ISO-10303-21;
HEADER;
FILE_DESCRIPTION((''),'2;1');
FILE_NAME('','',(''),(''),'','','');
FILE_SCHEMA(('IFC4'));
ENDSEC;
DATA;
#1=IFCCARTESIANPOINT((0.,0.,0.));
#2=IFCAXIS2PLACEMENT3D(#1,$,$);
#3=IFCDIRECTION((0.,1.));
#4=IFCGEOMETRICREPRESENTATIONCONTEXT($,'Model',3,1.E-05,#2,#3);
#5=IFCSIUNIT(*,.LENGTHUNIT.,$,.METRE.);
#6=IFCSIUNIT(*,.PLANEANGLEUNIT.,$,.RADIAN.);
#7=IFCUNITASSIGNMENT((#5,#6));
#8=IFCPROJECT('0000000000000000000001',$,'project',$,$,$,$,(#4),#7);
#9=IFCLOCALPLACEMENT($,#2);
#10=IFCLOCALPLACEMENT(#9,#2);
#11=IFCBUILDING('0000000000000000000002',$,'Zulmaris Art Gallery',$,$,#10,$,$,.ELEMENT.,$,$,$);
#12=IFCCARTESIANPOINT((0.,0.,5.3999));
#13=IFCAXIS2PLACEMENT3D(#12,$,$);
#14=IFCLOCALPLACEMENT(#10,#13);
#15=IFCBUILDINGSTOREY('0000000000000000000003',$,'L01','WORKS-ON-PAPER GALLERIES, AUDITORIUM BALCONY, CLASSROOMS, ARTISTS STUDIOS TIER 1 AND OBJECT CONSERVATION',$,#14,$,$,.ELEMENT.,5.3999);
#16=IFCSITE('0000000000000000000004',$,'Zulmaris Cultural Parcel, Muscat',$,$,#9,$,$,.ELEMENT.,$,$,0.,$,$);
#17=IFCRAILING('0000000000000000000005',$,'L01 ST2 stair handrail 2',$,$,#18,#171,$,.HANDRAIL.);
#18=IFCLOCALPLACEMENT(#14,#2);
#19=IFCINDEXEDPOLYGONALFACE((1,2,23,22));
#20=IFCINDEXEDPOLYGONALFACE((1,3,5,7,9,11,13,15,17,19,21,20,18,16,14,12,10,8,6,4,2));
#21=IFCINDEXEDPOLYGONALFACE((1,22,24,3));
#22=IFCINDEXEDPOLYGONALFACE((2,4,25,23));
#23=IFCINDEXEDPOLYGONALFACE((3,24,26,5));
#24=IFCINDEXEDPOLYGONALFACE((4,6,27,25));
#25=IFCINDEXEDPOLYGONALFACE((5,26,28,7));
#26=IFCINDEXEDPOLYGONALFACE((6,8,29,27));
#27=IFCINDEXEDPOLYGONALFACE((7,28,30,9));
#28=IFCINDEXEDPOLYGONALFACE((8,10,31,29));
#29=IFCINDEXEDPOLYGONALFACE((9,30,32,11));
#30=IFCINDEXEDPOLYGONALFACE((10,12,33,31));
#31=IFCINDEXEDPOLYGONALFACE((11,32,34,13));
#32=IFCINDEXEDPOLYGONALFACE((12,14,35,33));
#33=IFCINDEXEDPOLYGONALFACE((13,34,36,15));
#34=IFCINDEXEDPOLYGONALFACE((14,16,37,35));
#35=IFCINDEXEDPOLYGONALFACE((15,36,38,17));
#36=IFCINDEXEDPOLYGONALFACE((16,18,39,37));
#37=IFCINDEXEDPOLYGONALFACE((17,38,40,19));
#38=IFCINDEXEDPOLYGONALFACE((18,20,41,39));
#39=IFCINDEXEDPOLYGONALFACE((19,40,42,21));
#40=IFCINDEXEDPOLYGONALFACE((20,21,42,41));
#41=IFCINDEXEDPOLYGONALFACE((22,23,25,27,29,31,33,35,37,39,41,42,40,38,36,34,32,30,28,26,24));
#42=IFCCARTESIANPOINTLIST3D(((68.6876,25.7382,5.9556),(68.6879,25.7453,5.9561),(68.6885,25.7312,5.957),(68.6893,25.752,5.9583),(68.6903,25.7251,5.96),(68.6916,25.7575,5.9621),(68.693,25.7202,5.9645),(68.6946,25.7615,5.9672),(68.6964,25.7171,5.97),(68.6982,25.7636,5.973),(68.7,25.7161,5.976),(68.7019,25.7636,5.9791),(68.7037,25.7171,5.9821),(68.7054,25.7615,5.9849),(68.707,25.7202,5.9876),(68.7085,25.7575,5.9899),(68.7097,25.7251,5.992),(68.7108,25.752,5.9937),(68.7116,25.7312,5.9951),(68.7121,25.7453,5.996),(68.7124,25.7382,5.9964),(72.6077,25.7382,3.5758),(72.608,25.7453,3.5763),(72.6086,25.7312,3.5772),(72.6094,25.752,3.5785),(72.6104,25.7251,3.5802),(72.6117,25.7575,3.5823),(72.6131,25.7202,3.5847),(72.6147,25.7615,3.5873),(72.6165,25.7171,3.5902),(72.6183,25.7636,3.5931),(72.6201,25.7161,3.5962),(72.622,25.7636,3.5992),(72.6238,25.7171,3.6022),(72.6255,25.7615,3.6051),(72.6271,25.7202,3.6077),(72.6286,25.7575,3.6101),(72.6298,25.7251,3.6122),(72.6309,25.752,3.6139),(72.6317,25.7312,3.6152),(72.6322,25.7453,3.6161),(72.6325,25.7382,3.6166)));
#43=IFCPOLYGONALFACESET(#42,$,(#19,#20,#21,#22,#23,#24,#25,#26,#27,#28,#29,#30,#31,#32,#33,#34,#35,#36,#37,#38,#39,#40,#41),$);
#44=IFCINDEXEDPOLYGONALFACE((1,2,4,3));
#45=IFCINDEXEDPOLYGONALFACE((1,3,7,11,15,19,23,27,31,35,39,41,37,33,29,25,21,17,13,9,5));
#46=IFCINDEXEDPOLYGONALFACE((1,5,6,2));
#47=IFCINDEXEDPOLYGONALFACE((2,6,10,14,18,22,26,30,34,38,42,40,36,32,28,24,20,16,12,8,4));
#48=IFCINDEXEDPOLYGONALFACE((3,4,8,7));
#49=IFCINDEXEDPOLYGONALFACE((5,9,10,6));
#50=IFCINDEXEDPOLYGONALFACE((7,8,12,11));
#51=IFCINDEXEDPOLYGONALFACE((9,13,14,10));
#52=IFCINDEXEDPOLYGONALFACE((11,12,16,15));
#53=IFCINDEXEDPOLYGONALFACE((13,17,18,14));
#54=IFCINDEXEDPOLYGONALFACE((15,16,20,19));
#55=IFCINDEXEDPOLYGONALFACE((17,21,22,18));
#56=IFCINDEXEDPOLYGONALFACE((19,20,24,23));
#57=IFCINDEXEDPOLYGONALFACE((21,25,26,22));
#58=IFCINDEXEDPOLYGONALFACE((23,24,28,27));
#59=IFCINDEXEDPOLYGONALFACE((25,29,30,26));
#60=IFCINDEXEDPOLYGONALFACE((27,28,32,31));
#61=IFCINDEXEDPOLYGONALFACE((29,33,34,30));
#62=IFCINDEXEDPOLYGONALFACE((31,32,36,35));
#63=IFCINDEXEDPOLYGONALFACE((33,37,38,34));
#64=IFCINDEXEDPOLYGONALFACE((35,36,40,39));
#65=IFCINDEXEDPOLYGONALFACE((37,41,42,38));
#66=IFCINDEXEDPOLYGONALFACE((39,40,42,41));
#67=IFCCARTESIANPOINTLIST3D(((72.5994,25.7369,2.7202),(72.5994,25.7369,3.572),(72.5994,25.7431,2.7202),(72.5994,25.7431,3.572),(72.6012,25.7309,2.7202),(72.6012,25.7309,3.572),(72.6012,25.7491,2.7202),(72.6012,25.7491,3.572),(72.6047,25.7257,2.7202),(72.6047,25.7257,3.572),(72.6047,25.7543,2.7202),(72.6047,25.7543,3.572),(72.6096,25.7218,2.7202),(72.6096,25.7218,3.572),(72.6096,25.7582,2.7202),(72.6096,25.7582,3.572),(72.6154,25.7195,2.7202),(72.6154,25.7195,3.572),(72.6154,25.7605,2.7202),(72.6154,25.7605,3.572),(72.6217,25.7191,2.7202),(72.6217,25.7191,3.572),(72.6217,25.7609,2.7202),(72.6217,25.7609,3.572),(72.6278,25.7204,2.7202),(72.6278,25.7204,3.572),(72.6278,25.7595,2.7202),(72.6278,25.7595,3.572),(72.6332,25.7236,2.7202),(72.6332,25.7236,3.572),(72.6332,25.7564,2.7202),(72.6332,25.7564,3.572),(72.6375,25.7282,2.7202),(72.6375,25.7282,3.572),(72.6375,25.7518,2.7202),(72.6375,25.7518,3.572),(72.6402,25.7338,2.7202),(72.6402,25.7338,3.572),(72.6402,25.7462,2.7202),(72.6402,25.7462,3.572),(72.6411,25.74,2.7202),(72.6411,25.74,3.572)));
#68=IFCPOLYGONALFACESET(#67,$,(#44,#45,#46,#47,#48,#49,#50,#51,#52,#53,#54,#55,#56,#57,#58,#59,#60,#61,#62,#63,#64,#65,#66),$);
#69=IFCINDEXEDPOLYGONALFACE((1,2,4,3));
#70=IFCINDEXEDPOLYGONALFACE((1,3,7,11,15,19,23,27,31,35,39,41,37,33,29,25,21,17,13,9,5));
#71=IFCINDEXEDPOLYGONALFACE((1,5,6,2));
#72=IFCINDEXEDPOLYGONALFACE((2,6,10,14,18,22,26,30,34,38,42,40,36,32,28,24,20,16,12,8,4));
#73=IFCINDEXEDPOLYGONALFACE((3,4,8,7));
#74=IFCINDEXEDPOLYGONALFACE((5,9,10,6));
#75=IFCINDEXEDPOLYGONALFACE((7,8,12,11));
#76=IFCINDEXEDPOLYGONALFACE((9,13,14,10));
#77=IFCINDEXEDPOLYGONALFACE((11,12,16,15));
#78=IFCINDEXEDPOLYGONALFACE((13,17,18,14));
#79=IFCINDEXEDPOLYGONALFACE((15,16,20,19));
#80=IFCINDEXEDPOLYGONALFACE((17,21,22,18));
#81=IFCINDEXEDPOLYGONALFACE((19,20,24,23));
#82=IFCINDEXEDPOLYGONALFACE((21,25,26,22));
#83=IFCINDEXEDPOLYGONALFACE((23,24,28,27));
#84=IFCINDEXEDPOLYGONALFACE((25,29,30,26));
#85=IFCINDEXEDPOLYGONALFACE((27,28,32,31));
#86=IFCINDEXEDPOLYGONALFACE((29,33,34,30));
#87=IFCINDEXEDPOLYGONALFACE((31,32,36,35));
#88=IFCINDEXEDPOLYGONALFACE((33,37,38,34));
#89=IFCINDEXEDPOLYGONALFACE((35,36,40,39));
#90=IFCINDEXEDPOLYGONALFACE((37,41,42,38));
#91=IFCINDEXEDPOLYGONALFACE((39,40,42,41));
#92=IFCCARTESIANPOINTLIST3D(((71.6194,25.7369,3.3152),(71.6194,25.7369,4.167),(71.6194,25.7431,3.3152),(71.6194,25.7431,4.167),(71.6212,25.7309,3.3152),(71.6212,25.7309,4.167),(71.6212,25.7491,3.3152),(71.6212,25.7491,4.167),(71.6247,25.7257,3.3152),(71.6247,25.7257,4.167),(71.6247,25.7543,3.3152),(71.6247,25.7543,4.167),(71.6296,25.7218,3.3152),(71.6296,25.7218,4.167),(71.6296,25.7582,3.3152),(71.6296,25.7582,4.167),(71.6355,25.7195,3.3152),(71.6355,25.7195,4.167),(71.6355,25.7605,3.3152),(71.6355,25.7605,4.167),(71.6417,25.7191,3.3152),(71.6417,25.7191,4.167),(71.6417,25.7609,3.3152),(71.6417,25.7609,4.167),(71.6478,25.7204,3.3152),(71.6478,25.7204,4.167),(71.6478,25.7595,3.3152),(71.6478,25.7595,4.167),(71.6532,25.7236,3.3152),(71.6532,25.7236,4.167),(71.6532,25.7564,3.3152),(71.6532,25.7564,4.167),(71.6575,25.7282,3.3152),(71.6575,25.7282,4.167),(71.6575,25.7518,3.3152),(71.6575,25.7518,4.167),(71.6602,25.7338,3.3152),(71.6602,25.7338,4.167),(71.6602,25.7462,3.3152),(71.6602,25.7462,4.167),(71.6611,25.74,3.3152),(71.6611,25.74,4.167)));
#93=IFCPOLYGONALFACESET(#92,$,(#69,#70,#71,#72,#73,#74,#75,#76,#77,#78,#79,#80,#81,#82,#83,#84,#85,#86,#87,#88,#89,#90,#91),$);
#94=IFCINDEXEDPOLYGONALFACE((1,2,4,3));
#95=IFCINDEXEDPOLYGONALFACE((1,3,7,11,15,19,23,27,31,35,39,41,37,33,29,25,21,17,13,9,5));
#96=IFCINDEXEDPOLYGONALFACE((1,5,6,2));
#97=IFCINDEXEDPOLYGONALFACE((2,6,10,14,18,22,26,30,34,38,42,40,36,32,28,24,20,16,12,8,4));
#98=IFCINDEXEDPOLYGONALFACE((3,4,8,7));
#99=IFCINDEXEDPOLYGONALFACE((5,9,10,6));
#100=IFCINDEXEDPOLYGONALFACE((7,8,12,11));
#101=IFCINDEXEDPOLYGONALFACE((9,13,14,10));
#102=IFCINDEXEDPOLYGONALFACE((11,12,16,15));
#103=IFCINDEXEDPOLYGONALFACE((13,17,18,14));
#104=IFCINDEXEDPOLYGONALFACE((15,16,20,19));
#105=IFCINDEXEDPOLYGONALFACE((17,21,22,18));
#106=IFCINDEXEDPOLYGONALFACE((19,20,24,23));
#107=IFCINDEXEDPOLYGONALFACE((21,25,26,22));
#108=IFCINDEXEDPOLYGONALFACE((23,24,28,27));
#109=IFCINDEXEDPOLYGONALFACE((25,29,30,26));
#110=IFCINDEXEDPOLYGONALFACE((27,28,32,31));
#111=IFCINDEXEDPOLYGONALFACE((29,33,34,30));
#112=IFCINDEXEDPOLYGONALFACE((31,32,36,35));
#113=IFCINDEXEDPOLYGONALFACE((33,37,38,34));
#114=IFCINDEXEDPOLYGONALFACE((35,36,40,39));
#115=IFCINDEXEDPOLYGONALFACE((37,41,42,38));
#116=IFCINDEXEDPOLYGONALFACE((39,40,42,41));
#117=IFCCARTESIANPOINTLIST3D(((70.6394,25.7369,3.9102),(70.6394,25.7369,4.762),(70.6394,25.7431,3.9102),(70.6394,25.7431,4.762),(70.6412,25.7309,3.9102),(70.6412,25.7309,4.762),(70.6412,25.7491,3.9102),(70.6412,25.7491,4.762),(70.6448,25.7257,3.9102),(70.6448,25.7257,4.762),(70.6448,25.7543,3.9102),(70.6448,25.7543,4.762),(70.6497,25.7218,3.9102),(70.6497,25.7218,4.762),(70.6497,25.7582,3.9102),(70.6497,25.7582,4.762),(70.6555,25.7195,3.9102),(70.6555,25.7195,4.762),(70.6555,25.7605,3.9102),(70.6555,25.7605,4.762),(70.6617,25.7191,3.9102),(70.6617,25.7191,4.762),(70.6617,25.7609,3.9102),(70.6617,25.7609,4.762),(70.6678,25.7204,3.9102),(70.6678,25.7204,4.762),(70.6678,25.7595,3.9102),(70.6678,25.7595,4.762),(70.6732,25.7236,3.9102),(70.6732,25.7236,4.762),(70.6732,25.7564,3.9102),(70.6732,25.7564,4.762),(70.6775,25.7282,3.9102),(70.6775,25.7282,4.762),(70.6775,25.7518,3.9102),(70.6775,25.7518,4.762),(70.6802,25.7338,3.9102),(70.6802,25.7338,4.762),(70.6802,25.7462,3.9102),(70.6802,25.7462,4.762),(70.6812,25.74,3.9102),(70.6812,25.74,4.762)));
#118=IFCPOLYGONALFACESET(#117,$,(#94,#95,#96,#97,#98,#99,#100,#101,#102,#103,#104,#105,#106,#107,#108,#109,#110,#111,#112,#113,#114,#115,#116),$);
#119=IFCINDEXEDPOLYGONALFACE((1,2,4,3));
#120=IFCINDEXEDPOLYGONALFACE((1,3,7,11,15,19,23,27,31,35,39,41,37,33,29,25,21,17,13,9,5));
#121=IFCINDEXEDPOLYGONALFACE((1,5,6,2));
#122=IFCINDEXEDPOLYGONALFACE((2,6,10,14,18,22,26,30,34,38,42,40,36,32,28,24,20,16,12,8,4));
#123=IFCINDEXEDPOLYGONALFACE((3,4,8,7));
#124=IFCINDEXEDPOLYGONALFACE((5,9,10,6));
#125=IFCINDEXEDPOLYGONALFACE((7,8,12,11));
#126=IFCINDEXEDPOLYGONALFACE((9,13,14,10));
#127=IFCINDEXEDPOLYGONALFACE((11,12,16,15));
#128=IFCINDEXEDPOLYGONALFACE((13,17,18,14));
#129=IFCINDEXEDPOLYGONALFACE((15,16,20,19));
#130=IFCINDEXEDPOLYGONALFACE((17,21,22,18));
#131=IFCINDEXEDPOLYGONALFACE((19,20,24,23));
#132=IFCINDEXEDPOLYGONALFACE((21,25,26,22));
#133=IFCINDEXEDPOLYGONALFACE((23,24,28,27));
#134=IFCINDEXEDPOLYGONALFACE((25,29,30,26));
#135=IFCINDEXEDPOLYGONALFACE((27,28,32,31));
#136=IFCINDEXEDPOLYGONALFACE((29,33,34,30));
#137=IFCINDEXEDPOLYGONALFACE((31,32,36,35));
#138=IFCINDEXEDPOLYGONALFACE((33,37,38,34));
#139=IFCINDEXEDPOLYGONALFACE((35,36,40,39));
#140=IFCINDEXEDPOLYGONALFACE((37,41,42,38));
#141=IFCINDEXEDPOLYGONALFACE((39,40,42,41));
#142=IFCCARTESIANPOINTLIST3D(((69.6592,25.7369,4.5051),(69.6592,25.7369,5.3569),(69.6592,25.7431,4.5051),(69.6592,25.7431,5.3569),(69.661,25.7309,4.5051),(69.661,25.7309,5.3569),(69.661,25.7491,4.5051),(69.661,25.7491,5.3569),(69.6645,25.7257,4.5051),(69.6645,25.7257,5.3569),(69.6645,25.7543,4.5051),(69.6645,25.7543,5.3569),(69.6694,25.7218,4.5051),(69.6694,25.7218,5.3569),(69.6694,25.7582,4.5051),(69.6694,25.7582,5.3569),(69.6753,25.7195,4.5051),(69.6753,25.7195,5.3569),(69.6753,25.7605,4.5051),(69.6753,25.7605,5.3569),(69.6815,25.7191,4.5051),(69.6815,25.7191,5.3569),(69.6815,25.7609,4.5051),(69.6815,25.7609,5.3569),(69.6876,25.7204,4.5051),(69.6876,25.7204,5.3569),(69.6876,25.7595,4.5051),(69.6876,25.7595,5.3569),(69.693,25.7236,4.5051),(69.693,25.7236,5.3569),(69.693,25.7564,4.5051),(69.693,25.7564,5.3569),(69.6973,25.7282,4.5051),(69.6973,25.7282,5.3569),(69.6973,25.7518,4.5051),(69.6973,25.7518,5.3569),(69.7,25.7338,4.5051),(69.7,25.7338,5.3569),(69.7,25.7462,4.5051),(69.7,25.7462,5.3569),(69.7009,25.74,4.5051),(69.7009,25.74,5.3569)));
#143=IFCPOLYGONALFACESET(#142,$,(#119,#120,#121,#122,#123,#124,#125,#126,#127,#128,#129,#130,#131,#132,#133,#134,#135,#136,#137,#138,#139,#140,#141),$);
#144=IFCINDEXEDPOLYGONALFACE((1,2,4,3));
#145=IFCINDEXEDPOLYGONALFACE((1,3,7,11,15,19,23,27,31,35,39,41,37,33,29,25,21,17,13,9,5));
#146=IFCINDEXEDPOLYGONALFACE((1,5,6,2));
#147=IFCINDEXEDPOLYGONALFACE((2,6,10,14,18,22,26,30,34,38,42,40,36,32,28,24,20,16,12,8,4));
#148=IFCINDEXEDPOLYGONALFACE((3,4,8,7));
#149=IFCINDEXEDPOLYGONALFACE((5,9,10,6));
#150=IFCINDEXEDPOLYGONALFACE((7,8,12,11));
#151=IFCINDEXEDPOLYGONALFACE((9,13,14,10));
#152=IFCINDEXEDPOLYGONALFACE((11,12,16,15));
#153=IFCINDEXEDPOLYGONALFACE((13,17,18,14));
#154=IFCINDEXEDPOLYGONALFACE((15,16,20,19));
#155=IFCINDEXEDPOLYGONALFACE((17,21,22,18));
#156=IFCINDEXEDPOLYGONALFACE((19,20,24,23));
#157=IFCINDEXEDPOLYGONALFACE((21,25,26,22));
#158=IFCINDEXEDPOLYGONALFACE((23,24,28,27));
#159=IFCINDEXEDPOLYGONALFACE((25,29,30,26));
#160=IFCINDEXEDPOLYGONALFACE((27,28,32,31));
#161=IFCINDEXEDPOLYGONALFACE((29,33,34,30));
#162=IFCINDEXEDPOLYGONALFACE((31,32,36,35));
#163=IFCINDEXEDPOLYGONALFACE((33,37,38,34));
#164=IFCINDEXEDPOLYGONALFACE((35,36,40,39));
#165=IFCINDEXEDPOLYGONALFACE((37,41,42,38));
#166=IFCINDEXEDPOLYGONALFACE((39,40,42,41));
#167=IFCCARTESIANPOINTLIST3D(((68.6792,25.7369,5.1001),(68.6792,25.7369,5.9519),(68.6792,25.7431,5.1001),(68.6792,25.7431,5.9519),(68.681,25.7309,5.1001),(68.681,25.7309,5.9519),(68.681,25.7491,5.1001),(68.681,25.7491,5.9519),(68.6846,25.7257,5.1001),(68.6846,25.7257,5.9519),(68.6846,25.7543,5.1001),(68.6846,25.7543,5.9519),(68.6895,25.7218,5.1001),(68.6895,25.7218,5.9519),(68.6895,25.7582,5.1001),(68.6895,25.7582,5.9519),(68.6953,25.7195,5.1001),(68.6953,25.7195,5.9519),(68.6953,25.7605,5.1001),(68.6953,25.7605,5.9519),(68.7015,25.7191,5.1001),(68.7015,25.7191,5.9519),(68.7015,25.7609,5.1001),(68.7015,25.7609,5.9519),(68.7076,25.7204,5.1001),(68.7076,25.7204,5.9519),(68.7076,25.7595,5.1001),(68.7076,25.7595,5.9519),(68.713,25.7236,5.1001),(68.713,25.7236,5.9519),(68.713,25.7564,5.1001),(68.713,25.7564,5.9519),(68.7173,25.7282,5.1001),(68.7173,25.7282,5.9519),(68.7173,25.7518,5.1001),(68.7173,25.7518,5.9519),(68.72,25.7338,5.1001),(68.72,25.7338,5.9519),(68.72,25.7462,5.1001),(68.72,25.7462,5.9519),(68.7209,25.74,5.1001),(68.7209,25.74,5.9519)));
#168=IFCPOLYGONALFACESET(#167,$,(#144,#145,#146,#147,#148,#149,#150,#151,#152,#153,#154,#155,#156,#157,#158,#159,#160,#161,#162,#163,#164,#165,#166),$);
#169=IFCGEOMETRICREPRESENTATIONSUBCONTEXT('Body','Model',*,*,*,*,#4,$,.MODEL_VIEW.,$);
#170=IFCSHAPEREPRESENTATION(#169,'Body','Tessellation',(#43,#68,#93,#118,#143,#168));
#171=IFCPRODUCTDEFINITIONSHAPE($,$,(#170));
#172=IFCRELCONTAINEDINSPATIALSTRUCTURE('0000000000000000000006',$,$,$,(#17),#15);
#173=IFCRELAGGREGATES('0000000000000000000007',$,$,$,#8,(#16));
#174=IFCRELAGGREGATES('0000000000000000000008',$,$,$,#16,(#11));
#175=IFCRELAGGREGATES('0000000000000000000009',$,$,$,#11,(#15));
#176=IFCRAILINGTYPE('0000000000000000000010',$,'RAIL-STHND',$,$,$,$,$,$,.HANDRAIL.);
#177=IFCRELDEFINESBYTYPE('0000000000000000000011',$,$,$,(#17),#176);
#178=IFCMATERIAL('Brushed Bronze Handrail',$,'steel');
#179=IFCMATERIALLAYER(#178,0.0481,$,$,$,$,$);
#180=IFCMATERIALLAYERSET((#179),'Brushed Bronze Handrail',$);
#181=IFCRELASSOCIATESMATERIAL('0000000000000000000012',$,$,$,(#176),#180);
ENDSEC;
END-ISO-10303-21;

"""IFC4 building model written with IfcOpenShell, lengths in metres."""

from ifc_helpers import new_model, si_unit, direction, frame, origin, origin_2d, place, context, subcontext, project, spatial, circle, extrude, material, layer, layer_set, type_object, element, save


model = new_model("IFC4")

# Units and contexts
model_context = context("Model", 3, precision=1e-05, world=origin(), true_north=direction((0.0, 1.0)))
body_context = subcontext(model_context, "Body", "Model", "MODEL_VIEW")
ifc_project = project(units=[si_unit("LENGTHUNIT", "METRE"), si_unit("PLANEANGLEUNIT", "RADIAN")], contexts=[model_context])

# Site, building, storey
site_placement = place(None, origin())
site = spatial("IfcSite", under=ifc_project, at=site_placement, Name="Zulmaris Cultural Parcel, Muscat", CompositionType="ELEMENT", RefElevation=0.0)
building_placement = place(site_placement, origin())
building = spatial("IfcBuilding", under=site, at=building_placement, Name="Zulmaris Art Gallery", CompositionType="ELEMENT")
storey_placement = place(building_placement, frame((0.0, 0.0, 5.3999)))
storey = spatial("IfcBuildingStorey", under=building, at=storey_placement, Name="L01", Description="WORKS-ON-PAPER GALLERIES, AUDITORIUM BALCONY, CLASSROOMS, ARTISTS STUDIOS TIER 1 AND OBJECT CONSERVATION", CompositionType="ELEMENT", Elevation=5.3999)

# Railing
ifc_material_1 = material(Name="Brushed Bronze Handrail", Category="steel")
ifc_layer_1 = layer(ifc_material_1, 0.0481)
ifc_layer_set_1 = layer_set([ifc_layer_1], Name="Brushed Bronze Handrail")
railing_type_1 = type_object("IfcRailingType", Name="RAIL-STHND", PredefinedType="HANDRAIL", material=ifc_layer_set_1)
railing_1_placement = place(storey_placement, frame((72.6201, 25.74, 2.7202)))
element("IfcRailing", 1, at=railing_1_placement, inside=storey, type_object=railing_type_1, Name="L01 ST2 stair handrail 2", PredefinedType="HANDRAIL", context=body_context, shape_type="SweptSolid", body=[
    extrude(circle(Radius=0.0239, at=origin_2d()), frame((0.0, 0.0, 0.876), z_axis=(-0.854809, 0.0, 0.518943), x_axis=(0.0, -1.0, 0.0)), (0.0, 0.0, 1.0), 4.5859),
    extrude(circle(Radius=0.021, at=origin_2d()), origin(), (0.0, 0.0, 1.0), 0.8518),
    extrude(circle(Radius=0.021, at=origin_2d()), frame((-0.98, 0.0, 0.595)), (0.0, 0.0, 1.0), 0.8518),
    extrude(circle(Radius=0.021, at=origin_2d()), frame((-1.96, 0.0, 1.1899)), (0.0, 0.0, 1.0), 0.8518),
    extrude(circle(Radius=0.021, at=origin_2d()), frame((-2.9402, 0.0, 1.7849)), (0.0, 0.0, 1.0), 0.8518),
    extrude(circle(Radius=0.021, at=origin_2d()), frame((-3.9202, 0.0, 2.3799)), (0.0, 0.0, 1.0), 0.8518),
])

save(model, "model.ifc")
